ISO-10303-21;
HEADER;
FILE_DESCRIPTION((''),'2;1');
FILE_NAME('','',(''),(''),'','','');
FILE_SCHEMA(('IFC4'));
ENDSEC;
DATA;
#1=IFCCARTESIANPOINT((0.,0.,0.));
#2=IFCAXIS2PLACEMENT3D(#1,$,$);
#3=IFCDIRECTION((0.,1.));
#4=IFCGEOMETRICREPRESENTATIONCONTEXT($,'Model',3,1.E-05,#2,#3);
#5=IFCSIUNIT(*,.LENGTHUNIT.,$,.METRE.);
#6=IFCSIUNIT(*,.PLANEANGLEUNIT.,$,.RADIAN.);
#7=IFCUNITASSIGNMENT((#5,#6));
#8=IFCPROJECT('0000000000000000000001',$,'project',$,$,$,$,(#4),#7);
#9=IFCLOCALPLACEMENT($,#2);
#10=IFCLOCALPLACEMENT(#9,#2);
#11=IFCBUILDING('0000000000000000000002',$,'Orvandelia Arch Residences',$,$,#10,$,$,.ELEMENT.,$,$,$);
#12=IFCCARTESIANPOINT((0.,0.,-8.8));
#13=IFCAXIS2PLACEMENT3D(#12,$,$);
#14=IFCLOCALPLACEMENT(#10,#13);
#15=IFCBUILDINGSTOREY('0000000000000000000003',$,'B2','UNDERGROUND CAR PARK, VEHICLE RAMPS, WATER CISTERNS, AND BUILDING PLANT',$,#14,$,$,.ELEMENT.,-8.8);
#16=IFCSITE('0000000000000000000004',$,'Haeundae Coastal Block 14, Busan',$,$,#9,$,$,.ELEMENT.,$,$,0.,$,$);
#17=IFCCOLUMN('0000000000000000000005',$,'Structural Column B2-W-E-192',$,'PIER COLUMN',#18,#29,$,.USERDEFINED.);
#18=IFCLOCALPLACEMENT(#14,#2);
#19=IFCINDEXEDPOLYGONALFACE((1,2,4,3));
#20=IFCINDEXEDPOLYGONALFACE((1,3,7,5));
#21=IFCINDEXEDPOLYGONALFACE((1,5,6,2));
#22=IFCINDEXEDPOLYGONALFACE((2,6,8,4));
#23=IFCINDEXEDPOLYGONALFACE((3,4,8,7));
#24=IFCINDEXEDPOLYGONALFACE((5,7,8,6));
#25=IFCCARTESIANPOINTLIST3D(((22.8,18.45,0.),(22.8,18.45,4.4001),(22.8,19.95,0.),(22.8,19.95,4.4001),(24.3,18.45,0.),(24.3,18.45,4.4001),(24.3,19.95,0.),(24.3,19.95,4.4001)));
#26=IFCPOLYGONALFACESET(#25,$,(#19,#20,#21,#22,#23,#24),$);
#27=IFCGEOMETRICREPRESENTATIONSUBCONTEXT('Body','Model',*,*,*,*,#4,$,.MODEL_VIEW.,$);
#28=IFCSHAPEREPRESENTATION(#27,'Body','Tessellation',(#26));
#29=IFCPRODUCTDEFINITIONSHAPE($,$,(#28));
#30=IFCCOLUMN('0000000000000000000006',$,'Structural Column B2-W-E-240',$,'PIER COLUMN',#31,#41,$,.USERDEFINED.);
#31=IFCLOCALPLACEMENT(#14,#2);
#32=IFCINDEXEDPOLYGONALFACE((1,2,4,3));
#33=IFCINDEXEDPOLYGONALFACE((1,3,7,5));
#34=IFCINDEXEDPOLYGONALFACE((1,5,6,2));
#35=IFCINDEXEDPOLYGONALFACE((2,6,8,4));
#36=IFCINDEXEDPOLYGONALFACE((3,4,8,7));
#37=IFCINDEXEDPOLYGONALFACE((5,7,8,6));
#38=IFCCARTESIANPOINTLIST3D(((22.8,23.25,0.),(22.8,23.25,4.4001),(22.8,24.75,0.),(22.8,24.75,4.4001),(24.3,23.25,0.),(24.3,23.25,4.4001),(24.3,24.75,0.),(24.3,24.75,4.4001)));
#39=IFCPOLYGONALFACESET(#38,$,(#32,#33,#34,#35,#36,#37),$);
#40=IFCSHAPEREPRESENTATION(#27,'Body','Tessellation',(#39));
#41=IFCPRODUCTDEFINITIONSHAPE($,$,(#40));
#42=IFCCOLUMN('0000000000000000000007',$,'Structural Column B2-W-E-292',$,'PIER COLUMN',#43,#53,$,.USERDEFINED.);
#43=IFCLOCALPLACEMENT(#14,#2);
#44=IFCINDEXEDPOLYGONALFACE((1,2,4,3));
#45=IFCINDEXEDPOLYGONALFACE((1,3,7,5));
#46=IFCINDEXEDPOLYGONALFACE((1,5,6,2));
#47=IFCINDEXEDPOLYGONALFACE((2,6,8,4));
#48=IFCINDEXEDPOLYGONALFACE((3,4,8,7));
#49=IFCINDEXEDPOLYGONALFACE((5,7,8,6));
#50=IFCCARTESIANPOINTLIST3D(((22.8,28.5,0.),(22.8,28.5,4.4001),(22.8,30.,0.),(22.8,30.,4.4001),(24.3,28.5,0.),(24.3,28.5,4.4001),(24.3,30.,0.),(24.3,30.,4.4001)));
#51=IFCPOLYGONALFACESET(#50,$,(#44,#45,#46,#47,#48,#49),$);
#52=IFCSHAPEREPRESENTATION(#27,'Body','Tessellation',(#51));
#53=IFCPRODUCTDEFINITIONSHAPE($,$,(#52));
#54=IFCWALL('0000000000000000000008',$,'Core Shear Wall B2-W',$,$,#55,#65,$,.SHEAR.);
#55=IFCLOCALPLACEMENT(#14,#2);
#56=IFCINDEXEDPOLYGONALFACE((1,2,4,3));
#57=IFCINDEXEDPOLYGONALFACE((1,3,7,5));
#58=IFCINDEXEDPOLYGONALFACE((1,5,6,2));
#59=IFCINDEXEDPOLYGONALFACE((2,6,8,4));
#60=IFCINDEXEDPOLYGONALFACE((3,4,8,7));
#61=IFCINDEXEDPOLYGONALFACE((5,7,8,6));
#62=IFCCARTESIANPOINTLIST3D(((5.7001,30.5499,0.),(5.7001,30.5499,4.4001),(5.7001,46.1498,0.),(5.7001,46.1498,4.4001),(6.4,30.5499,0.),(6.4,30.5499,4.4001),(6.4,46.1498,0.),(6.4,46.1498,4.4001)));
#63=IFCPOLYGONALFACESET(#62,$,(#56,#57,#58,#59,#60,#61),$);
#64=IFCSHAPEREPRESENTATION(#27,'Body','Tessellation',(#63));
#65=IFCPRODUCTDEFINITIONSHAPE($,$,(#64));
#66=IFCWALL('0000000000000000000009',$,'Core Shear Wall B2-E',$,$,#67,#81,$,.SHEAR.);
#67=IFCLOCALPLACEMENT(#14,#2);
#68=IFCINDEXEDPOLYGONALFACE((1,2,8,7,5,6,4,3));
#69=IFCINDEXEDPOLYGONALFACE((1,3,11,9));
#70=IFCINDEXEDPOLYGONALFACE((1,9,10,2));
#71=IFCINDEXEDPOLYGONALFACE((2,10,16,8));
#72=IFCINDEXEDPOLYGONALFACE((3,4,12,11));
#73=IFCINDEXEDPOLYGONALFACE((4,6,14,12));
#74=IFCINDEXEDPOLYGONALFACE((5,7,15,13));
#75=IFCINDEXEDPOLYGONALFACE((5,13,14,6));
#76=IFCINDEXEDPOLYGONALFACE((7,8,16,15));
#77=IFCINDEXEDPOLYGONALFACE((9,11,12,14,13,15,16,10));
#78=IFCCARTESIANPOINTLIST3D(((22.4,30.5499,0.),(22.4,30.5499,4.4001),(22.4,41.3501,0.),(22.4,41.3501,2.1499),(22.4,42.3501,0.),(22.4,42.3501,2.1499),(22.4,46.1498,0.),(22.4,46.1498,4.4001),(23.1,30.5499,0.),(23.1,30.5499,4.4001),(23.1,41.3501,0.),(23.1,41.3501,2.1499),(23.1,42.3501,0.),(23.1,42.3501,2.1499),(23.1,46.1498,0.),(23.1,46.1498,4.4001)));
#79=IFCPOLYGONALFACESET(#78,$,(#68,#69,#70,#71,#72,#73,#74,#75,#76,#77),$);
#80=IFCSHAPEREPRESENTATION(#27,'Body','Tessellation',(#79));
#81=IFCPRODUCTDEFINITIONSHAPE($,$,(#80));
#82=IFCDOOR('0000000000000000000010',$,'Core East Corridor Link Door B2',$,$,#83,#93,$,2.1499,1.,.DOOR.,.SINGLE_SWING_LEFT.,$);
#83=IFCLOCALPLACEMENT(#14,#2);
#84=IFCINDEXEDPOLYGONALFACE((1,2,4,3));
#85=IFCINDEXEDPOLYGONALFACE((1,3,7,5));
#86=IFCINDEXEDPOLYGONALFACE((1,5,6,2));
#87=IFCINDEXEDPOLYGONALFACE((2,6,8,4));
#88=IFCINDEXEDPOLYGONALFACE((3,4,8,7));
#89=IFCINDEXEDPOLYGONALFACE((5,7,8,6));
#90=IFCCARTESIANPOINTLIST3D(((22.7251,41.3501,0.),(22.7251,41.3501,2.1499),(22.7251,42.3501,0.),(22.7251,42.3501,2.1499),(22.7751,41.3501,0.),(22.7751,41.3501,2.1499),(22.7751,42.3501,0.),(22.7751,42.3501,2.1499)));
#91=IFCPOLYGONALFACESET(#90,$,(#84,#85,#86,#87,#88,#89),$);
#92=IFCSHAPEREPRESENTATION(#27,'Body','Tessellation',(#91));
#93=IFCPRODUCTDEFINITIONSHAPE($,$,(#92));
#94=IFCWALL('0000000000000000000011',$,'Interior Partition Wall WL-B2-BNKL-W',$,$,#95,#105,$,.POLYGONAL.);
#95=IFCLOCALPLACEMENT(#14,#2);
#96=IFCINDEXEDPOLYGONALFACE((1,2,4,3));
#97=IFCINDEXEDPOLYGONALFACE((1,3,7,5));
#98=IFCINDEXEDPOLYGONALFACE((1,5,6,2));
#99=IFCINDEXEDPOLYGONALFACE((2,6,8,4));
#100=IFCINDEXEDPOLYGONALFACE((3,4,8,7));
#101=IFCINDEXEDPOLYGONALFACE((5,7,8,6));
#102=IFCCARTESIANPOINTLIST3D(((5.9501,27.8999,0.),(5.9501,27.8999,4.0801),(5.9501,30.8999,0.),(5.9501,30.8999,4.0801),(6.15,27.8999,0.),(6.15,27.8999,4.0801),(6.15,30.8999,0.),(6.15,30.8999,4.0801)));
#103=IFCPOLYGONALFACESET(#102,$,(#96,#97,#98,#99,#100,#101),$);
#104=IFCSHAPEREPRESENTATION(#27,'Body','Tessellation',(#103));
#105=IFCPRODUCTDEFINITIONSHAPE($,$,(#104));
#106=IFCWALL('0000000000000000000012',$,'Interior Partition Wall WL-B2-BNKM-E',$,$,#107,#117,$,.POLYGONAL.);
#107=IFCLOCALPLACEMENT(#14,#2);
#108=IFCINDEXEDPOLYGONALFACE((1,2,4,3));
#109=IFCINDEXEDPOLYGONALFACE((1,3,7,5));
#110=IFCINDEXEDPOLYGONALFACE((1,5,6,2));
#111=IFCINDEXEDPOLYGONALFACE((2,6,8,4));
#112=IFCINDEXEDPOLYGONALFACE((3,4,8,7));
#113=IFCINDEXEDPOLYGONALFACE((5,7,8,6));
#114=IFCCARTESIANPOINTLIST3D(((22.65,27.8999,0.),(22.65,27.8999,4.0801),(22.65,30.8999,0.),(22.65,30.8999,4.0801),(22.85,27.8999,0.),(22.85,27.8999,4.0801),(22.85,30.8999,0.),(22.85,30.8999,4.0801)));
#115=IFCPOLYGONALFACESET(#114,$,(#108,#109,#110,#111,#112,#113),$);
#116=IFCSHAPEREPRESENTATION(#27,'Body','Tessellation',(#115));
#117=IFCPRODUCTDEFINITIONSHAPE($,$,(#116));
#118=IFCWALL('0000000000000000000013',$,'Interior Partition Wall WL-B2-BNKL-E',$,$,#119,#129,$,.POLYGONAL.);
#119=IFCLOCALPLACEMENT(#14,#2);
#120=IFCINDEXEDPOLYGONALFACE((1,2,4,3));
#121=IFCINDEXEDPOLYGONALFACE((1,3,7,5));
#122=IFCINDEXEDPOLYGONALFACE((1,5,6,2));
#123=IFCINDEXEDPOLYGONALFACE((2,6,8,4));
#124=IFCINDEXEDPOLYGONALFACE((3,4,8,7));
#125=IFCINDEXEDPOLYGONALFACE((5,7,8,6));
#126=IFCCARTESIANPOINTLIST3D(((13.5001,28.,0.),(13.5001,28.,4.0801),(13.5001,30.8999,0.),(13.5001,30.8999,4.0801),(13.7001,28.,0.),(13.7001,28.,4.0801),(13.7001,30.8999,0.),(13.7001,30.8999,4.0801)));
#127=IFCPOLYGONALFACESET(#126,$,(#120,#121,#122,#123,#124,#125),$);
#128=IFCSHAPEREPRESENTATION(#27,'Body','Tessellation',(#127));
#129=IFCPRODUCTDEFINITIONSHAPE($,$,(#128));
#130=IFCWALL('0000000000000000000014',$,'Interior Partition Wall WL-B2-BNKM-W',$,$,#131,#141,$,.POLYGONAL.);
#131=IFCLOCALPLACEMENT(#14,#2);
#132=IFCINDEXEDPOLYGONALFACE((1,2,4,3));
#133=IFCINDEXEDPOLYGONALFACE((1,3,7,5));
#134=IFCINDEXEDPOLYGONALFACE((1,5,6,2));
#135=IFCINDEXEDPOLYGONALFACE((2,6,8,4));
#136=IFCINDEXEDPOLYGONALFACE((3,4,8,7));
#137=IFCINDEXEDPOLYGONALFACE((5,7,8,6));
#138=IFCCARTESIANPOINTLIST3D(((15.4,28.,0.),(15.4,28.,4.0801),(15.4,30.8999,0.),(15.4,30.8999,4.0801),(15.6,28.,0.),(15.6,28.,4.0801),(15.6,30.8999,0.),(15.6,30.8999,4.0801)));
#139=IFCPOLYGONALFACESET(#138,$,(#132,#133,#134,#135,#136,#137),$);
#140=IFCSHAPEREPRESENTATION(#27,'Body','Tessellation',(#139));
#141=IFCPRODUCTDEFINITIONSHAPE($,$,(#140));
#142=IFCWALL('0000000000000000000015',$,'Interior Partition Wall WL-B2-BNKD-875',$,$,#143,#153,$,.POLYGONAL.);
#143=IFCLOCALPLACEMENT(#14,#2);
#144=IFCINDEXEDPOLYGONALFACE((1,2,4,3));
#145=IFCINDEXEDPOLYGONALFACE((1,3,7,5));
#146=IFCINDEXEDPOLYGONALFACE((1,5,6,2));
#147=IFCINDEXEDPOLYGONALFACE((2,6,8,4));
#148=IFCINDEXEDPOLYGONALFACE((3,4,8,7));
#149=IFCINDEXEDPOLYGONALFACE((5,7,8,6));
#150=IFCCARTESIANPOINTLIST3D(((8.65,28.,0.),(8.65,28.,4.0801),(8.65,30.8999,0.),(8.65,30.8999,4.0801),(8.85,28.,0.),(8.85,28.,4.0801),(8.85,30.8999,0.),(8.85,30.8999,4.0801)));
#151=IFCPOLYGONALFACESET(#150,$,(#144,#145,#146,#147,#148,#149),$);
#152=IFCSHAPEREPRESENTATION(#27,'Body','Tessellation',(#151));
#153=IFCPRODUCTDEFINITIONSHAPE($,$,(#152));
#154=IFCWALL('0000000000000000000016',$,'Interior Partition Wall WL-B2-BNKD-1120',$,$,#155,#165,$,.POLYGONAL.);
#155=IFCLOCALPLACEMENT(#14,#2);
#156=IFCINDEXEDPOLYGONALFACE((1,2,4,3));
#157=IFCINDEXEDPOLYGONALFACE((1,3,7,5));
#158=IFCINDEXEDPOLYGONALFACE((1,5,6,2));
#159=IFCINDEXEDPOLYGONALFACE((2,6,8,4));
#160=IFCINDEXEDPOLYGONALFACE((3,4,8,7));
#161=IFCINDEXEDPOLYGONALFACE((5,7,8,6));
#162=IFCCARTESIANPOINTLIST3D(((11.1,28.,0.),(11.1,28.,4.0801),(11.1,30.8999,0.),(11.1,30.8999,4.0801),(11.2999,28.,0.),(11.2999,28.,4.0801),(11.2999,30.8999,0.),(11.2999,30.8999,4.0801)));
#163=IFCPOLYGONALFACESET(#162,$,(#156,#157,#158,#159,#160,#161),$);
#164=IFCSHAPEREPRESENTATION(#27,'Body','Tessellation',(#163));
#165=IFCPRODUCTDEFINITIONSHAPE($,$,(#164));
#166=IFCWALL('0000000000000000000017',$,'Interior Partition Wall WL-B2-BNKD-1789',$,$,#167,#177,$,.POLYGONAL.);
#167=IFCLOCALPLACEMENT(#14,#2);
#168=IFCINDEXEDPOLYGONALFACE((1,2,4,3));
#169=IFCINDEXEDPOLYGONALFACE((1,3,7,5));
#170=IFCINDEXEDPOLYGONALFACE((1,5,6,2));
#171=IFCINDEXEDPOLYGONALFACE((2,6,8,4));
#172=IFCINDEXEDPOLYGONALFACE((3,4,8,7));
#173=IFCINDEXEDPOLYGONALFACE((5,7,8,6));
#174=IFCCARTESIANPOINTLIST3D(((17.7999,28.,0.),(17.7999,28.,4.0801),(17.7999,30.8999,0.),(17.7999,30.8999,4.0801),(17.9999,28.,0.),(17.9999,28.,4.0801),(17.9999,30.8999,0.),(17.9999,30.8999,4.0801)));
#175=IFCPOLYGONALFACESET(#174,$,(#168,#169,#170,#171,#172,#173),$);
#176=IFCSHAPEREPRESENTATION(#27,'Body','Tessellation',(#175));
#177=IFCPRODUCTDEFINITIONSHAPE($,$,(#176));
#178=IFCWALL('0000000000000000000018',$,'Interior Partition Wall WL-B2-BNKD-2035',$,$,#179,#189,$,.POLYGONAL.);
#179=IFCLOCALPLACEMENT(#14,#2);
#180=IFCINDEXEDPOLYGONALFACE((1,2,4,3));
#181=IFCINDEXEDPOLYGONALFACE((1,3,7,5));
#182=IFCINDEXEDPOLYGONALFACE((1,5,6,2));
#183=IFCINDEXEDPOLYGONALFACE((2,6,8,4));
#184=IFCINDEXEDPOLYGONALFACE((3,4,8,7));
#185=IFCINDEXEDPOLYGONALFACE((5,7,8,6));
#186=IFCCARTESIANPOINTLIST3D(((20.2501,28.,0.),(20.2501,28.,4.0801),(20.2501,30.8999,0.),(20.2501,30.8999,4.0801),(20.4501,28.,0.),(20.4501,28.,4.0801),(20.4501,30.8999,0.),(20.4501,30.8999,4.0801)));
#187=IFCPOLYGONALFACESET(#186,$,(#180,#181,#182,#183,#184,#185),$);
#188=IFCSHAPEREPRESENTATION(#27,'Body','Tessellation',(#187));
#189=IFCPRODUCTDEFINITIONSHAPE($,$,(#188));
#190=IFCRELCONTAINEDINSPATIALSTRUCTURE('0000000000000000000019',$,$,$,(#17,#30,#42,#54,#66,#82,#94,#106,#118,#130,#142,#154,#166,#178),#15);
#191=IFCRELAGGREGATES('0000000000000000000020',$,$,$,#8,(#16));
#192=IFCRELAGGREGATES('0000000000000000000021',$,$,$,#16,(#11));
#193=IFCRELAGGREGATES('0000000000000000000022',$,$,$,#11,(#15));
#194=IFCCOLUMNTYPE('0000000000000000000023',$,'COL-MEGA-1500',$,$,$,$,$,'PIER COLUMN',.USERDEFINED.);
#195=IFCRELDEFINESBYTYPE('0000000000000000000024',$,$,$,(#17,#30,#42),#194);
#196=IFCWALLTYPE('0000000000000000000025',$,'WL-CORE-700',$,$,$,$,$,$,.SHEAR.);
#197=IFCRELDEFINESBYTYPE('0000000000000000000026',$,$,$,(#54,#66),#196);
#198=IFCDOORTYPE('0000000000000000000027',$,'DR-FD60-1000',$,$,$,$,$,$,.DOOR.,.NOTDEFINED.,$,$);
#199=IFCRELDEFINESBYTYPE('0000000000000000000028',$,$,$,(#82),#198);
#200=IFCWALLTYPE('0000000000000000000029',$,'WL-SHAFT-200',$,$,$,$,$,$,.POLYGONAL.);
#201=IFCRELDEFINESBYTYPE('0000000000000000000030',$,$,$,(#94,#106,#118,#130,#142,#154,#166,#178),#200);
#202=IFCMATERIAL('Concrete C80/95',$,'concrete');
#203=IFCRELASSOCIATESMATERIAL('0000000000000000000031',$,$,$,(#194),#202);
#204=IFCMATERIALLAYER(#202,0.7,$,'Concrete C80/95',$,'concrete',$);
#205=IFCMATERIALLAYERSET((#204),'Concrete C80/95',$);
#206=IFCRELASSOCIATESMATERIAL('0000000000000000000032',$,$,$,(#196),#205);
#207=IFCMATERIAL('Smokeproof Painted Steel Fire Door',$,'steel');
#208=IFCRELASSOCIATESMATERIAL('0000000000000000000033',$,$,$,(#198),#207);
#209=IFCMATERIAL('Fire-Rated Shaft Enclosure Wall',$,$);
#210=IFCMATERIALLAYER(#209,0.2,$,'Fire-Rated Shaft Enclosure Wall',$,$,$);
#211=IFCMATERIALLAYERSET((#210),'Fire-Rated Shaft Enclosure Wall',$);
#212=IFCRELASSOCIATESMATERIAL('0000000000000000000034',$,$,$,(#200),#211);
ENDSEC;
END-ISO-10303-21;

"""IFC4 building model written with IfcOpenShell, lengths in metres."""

from ifc_helpers import new_model, si_unit, direction, frame, frame_2d, origin, origin_2d, place, context, subcontext, project, spatial, rectangle, extrude, material, layer, layer_set, material_profile, profile_set, type_object, element, fill, save


model = new_model("IFC4")

# Units and contexts
model_context = context("Model", 3, precision=1e-05, world=origin(), true_north=direction((0.0, 1.0)))
body_context = subcontext(model_context, "Body", "Model", "MODEL_VIEW")
ifc_project = project(units=[si_unit("LENGTHUNIT", "METRE"), si_unit("PLANEANGLEUNIT", "RADIAN")], contexts=[model_context])

# Site, building, storey
site_placement = place(None, origin())
site = spatial("IfcSite", under=ifc_project, at=site_placement, Name="Haeundae Coastal Block 14, Busan", CompositionType="ELEMENT", RefElevation=0.0)
building_placement = place(site_placement, origin())
building = spatial("IfcBuilding", under=site, at=building_placement, Name="Orvandelia Arch Residences", CompositionType="ELEMENT")
storey_placement = place(building_placement, frame((0.0, 0.0, -8.8)))
storey = spatial("IfcBuildingStorey", under=building, at=storey_placement, Name="B2", Description="UNDERGROUND CAR PARK, VEHICLE RAMPS, WATER CISTERNS, AND BUILDING PLANT", CompositionType="ELEMENT", Elevation=-8.8)

# Columns
ifc_material_1 = material(Name="Concrete C80/95", Category="concrete")
ifc_material_profile = material_profile(ifc_material_1, rectangle(XDim=1.5, YDim=1.5, at=origin_2d()), Name="Concrete C80/95", Category="concrete")
ifc_profile_set = profile_set([ifc_material_profile], Name="Concrete C80/95")
column_type = type_object("IfcColumnType", Name="COL-MEGA-1500", ElementType="PIER COLUMN", PredefinedType="USERDEFINED", material=ifc_profile_set)
for number, where, z_axis, x_axis, name in (
    (1, (23.55, 19.2, 0.0), (0.0, 0.0, 1.0), (1.0, 0.0, 0.0), "Structural Column B2-W-E-192"),
    (2, (23.55, 24.0, 0.0), (0.0, 0.0, 1.0), (1.0, 0.0, 0.0), "Structural Column B2-W-E-240"),
    (3, (23.55, 29.25, 0.0), (0.0, 0.0, 1.0), (1.0, 0.0, 0.0), "Structural Column B2-W-E-292"),
):
    element("IfcColumn", number, at=place(storey_placement, frame(where, z_axis=z_axis, x_axis=x_axis)), inside=storey, type_object=column_type, Name=name, ObjectType="PIER COLUMN", PredefinedType="USERDEFINED", context=body_context, shape_type="SweptSolid", body=[
        extrude(rectangle(XDim=1.5, YDim=1.5, at=origin_2d()), origin(), (0.0, 0.0, 1.0), 4.4001),
    ])

# Wall
ifc_layer_1 = layer(ifc_material_1, 0.7, Name="Concrete C80/95", Category="concrete")
ifc_layer_set_1 = layer_set([ifc_layer_1], Name="Concrete C80/95")
wall_type_1 = type_object("IfcWallType", Name="WL-CORE-700", PredefinedType="SHEAR", material=ifc_layer_set_1)
wall_1_placement = place(storey_placement, frame((6.05, 30.55, 0.0), z_axis=(0.0, 0.0, 1.0), x_axis=(0.0, 1.0, 0.0)))
element("IfcWall", 4, at=wall_1_placement, inside=storey, type_object=wall_type_1, Name="Core Shear Wall B2-W", PredefinedType="SHEAR", context=body_context, shape_type="SweptSolid", body=[
    extrude(rectangle(XDim=15.5999, YDim=0.7, at=frame_2d((7.7998, 0.0))), origin(), (0.0, 0.0, 1.0), 4.4001),
])

# Wall, opening, door
wall_2_placement = place(storey_placement, frame((22.75, 30.55, 0.0), z_axis=(0.0, 0.0, 1.0), x_axis=(0.0, 1.0, 0.0)))
wall_2 = element("IfcWall", 5, at=wall_2_placement, inside=storey, type_object=wall_type_1, Name="Core Shear Wall B2-E", PredefinedType="SHEAR", context=body_context, shape_type="SweptSolid", body=[
    extrude(rectangle(XDim=15.5999, YDim=0.7, at=frame_2d((7.7998, 0.0))), origin(), (0.0, 0.0, 1.0), 4.4001),
])
opening_1_placement = place(wall_2_placement, frame((10.8, 0.0, 0.0)))
opening_1 = element("IfcOpeningElement", 6, at=opening_1_placement, cuts=wall_2, PredefinedType="OPENING", context=body_context, shape_type="SweptSolid", body=[
    extrude(rectangle(XDim=1.0, YDim=2.1499, at=frame_2d((0.5, 1.075))), frame((0.0, 0.3599, 0.0), z_axis=(0.0, -1.0, 0.0), x_axis=(1.0, 0.0, 0.0)), (0.0, 0.0, 1.0), 0.72),
])
ifc_material_2 = material(Name="Smokeproof Painted Steel Fire Door", Category="steel")
door_type_1 = type_object("IfcDoorType", Name="DR-FD60-1000", OperationType="NOTDEFINED", PredefinedType="DOOR", material=ifc_material_2)
door_1_placement = place(opening_1_placement, origin())
door_1 = element("IfcDoor", 7, at=door_1_placement, inside=storey, type_object=door_type_1, Name="Core East Corridor Link Door B2", OperationType="SINGLE_SWING_LEFT", OverallHeight=2.1499, OverallWidth=1.0, PredefinedType="DOOR", context=body_context, shape_type="SweptSolid", body=[
    extrude(rectangle(XDim=1.0, YDim=2.1499, at=frame_2d((0.5, 1.075))), frame((0.0, 0.0249, 0.0), z_axis=(0.0, -1.0, 0.0), x_axis=(1.0, 0.0, 0.0)), (0.0, 0.0, 1.0), 0.05),
])
fill(opening_1, door_1)

# Shared definitions
ifc_material_3 = material(Name="Fire-Rated Shaft Enclosure Wall")
ifc_layer_2 = layer(ifc_material_3, 0.2, Name="Fire-Rated Shaft Enclosure Wall")
ifc_layer_set_2 = layer_set([ifc_layer_2], Name="Fire-Rated Shaft Enclosure Wall")
wall_type_2 = type_object("IfcWallType", Name="WL-SHAFT-200", PredefinedType="POLYGONAL", material=ifc_layer_set_2)

# Walls
for number, where, z_axis, x_axis, name in (
    (8, (6.05, 27.8999, 0.0), (0.0, 0.0, 1.0), (0.0, 1.0, 0.0), "Interior Partition Wall WL-B2-BNKL-W"),
    (9, (22.75, 27.8999, 0.0), (0.0, 0.0, 1.0), (0.0, 1.0, 0.0), "Interior Partition Wall WL-B2-BNKM-E"),
):
    element("IfcWall", number, at=place(storey_placement, frame(where, z_axis=z_axis, x_axis=x_axis)), inside=storey, type_object=wall_type_2, Name=name, PredefinedType="POLYGONAL", context=body_context, shape_type="SweptSolid", body=[
        extrude(rectangle(XDim=3.0, YDim=0.2, at=frame_2d((1.5, 0.0))), origin(), (0.0, 0.0, 1.0), 4.0801),
    ])
for number, where, z_axis, x_axis, name in (
    (10, (13.6001, 28.0, 0.0), (0.0, 0.0, 1.0), (0.0, 1.0, 0.0), "Interior Partition Wall WL-B2-BNKL-E"),
    (11, (15.5, 28.0, 0.0), (0.0, 0.0, 1.0), (0.0, 1.0, 0.0), "Interior Partition Wall WL-B2-BNKM-W"),
    (12, (8.75, 28.0, 0.0), (0.0, 0.0, 1.0), (0.0, 1.0, 0.0), "Interior Partition Wall WL-B2-BNKD-875"),
    (13, (11.2, 28.0, 0.0), (0.0, 0.0, 1.0), (0.0, 1.0, 0.0), "Interior Partition Wall WL-B2-BNKD-1120"),
    (14, (17.8999, 28.0, 0.0), (0.0, 0.0, 1.0), (0.0, 1.0, 0.0), "Interior Partition Wall WL-B2-BNKD-1789"),
    (15, (20.3501, 28.0, 0.0), (0.0, 0.0, 1.0), (0.0, 1.0, 0.0), "Interior Partition Wall WL-B2-BNKD-2035"),
):
    element("IfcWall", number, at=place(storey_placement, frame(where, z_axis=z_axis, x_axis=x_axis)), inside=storey, type_object=wall_type_2, Name=name, PredefinedType="POLYGONAL", context=body_context, shape_type="SweptSolid", body=[
        extrude(rectangle(XDim=2.8999, YDim=0.2, at=frame_2d((1.45, 0.0))), origin(), (0.0, 0.0, 1.0), 4.0801),
    ])

save(model, "model.ifc")
